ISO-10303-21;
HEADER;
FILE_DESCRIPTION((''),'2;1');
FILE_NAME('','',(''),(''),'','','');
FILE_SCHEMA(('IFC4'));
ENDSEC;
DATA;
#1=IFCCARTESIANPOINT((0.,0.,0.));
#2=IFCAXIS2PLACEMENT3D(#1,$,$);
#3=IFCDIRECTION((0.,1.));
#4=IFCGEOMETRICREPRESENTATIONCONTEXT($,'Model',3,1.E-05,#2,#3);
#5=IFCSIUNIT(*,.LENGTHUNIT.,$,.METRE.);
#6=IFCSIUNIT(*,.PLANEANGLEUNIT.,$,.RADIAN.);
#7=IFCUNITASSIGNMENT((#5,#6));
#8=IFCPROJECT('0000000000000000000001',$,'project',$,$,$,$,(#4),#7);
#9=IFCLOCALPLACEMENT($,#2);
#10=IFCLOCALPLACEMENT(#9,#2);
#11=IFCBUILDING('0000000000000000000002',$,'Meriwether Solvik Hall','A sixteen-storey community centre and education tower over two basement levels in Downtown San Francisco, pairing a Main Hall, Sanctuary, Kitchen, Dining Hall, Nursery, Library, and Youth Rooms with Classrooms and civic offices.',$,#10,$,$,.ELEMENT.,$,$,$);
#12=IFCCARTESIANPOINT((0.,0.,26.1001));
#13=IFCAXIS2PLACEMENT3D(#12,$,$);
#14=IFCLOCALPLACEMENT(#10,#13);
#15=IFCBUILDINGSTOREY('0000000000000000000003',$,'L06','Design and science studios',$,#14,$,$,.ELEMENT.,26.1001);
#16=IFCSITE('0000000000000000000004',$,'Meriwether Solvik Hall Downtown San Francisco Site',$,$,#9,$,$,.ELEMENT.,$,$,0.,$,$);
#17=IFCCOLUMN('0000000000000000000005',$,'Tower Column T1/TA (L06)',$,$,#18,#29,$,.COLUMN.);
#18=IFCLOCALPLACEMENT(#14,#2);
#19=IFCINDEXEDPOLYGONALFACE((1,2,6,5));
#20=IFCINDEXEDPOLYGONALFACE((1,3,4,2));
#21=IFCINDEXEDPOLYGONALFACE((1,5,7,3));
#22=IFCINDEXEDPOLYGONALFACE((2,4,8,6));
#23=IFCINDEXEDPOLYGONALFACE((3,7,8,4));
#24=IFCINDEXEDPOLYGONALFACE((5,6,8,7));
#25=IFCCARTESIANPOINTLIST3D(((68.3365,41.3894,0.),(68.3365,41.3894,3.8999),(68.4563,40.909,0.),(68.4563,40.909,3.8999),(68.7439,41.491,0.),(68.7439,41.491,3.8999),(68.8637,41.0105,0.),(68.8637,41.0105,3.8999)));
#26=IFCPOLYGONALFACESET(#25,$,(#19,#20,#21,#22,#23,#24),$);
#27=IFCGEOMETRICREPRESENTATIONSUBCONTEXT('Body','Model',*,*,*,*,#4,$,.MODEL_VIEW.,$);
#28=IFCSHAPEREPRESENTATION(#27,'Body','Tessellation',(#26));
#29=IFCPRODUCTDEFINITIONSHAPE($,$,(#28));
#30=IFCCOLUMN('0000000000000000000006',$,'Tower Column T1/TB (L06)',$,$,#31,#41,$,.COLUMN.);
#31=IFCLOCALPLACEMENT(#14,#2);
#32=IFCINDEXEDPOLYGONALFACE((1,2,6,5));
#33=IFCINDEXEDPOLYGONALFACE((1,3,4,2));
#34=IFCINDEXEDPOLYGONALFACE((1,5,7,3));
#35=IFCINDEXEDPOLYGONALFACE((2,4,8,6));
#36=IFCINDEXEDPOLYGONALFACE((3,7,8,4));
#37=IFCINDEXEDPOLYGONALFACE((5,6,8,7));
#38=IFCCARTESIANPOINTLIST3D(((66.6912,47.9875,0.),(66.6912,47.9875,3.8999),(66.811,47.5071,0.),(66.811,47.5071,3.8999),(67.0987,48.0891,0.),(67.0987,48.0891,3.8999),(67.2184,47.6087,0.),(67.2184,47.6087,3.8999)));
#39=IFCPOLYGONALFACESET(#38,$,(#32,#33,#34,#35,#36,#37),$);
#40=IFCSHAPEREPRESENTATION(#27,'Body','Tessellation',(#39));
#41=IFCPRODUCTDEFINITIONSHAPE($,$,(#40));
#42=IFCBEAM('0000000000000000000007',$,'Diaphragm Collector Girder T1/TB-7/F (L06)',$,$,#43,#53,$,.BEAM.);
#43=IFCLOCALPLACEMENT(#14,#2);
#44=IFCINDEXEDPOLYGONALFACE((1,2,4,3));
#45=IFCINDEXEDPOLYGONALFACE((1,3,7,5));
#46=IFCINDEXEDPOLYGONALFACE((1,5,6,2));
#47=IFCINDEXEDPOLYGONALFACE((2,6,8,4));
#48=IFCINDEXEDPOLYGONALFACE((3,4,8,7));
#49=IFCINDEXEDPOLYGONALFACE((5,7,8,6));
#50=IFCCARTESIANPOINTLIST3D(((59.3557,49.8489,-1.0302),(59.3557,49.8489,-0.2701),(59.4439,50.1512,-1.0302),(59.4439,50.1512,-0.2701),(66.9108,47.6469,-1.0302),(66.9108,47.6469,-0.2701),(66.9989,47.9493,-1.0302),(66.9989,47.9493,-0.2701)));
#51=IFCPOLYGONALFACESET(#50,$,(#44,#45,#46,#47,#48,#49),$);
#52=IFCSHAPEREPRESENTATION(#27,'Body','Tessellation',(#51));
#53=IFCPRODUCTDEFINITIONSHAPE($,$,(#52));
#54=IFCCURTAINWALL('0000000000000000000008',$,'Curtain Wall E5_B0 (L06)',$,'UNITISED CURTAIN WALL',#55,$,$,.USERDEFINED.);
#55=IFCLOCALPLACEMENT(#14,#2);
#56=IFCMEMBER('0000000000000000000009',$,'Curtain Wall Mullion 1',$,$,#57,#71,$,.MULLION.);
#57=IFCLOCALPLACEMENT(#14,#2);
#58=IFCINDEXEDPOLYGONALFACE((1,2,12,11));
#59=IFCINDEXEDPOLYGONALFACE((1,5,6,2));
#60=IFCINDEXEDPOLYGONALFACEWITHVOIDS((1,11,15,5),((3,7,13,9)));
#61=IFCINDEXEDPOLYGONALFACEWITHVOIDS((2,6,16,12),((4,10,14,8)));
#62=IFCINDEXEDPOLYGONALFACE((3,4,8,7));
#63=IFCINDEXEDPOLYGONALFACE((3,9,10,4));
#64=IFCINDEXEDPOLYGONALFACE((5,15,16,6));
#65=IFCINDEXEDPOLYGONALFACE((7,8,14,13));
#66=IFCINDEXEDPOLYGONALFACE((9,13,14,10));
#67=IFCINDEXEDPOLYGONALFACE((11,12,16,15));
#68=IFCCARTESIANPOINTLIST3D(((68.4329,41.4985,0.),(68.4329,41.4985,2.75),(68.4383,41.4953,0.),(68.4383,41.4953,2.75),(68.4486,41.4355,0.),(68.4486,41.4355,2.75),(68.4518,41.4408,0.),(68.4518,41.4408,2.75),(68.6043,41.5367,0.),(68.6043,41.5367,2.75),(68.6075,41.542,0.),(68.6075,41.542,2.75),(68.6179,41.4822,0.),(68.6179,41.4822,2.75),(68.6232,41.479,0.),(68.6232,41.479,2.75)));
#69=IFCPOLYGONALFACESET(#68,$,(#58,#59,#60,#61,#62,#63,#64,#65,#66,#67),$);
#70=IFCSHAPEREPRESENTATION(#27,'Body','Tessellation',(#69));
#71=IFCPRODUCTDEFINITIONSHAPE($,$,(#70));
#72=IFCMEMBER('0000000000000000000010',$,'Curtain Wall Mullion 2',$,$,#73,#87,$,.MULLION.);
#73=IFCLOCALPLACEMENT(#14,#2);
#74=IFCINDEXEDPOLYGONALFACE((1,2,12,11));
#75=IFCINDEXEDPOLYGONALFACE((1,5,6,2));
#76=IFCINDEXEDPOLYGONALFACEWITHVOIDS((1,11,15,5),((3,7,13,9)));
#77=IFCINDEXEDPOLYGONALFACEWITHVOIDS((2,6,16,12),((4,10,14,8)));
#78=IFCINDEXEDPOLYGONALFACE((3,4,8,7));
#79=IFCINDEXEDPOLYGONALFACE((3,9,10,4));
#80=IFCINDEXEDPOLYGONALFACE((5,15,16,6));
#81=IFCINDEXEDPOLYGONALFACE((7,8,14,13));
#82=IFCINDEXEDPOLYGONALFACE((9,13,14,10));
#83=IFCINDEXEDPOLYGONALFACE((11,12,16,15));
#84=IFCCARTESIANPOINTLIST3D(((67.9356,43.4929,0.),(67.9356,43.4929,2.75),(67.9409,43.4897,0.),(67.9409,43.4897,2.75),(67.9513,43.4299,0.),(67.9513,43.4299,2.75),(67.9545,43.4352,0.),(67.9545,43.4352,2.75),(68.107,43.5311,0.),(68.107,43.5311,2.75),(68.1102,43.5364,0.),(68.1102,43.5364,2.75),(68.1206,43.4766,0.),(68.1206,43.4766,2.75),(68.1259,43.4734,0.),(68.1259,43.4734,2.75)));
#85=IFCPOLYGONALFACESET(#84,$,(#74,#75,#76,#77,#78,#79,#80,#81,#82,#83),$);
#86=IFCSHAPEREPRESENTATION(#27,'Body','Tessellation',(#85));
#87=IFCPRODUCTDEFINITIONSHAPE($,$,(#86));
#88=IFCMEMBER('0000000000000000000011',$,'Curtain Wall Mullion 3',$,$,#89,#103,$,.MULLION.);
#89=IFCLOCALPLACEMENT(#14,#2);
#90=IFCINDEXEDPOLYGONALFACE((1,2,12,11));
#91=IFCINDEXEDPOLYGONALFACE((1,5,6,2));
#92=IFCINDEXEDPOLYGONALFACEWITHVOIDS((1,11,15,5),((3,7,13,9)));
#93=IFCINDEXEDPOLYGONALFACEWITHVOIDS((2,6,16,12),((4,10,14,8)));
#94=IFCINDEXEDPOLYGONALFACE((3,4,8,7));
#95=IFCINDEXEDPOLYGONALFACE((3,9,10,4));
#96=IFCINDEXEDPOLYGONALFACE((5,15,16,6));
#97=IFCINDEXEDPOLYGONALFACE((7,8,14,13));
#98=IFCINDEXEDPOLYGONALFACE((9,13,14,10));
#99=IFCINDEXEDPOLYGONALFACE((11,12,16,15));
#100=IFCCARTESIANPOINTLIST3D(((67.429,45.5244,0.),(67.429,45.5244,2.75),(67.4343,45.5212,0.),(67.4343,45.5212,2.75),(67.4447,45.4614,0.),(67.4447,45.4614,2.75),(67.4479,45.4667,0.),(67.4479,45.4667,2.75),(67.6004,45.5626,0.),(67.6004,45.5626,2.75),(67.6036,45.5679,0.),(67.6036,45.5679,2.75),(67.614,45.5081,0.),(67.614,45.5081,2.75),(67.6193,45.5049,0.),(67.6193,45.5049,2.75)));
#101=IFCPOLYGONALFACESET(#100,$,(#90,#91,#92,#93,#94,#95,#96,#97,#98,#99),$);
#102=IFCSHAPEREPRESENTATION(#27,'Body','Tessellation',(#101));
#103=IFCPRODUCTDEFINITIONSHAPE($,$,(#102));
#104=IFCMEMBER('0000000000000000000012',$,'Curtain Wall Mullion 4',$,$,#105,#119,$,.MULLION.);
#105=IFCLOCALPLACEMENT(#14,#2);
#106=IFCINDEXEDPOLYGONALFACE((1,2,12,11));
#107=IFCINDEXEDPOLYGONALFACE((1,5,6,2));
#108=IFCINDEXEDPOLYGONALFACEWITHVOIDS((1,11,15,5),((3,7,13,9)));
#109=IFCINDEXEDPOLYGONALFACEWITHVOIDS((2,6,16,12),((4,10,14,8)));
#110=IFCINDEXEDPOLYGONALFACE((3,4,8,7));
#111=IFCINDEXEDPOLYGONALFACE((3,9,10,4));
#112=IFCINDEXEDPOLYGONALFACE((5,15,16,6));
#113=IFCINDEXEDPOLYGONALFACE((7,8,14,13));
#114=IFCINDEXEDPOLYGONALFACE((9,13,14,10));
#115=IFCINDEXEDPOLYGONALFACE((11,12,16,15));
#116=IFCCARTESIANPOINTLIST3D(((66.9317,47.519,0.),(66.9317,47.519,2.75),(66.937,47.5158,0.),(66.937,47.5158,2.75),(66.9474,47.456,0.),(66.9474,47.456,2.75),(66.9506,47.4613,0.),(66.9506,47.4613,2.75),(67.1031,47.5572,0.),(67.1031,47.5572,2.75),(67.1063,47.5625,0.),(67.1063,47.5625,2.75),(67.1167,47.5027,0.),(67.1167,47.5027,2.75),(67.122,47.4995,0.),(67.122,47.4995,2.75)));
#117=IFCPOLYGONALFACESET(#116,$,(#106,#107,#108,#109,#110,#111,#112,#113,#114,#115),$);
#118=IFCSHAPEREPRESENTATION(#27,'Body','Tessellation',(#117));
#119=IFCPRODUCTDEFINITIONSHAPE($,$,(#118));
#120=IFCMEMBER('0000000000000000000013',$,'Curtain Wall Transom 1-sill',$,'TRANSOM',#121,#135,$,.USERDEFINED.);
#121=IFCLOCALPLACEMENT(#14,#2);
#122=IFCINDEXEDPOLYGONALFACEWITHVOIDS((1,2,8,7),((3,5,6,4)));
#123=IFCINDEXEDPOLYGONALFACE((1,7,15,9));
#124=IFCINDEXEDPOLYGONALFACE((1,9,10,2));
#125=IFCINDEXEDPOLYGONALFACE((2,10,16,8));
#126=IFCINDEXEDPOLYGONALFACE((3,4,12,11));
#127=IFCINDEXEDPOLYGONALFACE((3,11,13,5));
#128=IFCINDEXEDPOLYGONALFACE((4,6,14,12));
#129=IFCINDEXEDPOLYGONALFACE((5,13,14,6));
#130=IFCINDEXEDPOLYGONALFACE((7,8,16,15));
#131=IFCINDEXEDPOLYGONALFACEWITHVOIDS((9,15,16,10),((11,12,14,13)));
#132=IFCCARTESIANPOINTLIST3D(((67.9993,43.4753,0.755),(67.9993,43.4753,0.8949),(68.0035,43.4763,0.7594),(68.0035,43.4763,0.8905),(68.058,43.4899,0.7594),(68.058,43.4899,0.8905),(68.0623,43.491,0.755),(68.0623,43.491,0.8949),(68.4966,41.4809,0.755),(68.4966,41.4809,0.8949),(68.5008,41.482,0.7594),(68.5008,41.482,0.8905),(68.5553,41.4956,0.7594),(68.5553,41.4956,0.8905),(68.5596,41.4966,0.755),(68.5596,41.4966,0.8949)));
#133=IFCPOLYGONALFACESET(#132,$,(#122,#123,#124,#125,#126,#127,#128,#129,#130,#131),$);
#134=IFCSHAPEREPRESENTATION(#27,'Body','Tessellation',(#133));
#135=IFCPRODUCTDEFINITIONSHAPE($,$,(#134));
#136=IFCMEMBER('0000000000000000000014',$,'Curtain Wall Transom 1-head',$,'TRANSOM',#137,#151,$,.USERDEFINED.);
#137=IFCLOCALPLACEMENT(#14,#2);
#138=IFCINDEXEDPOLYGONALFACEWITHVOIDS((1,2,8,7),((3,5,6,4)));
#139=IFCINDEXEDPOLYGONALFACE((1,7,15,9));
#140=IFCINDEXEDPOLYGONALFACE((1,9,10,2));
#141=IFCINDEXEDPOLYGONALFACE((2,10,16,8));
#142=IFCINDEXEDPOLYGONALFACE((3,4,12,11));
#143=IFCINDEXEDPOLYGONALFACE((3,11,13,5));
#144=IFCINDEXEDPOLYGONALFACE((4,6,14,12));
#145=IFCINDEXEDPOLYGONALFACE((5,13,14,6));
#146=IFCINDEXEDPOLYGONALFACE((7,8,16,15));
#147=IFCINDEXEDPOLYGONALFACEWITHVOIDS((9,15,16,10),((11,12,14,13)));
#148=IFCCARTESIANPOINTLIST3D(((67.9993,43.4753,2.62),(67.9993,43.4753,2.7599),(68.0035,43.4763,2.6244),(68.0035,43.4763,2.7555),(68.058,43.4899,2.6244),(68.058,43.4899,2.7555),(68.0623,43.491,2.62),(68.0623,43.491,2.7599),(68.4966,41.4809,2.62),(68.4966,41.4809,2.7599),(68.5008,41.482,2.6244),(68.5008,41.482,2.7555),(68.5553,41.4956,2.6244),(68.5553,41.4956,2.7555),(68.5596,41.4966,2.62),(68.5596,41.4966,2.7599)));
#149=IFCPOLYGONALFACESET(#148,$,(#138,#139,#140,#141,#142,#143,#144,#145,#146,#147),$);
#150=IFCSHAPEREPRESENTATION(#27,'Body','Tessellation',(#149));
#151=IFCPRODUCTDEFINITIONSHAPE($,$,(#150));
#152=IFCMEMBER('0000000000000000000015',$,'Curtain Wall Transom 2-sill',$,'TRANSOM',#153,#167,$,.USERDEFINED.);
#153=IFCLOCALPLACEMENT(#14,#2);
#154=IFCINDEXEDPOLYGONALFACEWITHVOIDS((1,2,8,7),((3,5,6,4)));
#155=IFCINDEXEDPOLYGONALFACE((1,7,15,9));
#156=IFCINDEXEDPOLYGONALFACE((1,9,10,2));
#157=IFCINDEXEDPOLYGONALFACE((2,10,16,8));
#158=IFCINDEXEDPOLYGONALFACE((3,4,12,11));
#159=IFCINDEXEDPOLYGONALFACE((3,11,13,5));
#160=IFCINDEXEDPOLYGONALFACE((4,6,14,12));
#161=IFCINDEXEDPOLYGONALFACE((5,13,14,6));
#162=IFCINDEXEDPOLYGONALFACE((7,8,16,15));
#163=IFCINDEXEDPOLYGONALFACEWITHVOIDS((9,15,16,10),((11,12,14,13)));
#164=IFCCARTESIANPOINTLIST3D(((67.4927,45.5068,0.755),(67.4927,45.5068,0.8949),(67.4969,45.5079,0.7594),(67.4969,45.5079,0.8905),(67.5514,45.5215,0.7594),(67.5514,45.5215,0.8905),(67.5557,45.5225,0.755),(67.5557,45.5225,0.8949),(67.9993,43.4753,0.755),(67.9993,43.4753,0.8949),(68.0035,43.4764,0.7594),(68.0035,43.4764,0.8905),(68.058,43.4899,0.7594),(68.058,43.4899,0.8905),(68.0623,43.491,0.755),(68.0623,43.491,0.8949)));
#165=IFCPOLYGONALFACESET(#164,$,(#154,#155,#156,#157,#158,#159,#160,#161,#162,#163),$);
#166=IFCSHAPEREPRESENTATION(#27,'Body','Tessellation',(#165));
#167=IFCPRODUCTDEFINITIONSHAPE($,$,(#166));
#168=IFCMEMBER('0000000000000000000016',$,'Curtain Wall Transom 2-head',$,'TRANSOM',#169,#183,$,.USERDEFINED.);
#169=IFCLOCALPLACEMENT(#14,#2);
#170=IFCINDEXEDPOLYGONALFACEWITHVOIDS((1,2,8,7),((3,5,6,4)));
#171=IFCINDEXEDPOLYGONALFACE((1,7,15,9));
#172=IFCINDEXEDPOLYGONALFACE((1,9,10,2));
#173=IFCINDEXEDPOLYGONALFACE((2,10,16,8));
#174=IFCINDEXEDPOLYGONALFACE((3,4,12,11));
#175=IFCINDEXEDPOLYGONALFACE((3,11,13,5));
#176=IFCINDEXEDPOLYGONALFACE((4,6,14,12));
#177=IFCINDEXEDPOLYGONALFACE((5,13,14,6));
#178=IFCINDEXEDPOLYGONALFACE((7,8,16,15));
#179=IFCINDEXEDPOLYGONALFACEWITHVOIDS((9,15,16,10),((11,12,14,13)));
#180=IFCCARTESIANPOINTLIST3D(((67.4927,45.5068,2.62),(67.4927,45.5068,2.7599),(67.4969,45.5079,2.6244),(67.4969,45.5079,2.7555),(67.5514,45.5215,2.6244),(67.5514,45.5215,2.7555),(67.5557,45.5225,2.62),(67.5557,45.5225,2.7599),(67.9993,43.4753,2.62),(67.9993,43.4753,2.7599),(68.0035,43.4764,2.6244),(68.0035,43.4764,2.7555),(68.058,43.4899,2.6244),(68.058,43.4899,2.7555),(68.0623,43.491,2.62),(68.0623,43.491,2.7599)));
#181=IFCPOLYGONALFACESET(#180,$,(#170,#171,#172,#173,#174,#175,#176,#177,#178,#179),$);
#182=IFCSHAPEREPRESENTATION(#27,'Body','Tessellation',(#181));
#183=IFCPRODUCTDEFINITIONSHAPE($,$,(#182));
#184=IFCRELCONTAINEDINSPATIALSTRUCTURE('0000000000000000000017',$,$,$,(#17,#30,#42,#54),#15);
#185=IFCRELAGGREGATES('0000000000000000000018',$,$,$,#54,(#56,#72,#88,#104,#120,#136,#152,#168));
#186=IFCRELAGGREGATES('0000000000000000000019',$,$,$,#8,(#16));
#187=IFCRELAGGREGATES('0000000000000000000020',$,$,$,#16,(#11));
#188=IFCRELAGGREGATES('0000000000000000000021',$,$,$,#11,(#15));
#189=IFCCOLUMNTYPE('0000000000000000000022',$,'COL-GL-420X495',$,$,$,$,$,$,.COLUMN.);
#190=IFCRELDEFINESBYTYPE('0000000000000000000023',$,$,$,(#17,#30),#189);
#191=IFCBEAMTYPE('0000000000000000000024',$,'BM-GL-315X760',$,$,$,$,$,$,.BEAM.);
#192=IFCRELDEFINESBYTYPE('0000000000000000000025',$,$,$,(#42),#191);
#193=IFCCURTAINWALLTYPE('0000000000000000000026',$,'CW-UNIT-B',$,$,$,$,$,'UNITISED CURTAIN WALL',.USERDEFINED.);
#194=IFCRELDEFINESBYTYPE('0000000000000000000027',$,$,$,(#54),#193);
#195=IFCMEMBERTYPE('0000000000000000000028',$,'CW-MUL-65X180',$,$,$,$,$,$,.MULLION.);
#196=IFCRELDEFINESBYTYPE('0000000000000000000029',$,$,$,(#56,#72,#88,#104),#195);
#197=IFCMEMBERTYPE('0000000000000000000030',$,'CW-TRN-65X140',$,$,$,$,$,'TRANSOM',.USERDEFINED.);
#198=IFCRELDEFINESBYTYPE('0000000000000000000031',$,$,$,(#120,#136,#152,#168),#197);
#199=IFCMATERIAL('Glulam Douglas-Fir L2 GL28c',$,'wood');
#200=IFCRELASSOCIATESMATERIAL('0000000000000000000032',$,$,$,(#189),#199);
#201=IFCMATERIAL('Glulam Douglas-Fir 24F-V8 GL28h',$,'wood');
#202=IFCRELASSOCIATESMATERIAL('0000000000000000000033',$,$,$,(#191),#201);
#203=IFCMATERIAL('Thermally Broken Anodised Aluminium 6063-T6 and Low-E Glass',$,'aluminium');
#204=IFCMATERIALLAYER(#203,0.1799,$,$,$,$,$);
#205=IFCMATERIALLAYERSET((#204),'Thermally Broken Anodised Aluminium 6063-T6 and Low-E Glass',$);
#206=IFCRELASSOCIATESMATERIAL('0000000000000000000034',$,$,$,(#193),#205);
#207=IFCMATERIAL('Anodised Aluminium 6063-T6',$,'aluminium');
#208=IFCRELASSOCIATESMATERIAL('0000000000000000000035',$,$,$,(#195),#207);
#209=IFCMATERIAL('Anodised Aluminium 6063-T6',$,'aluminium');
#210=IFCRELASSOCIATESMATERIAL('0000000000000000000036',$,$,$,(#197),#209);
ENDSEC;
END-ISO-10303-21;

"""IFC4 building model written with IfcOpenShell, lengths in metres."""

from ifc_helpers import new_model, si_unit, direction, frame, origin, origin_2d, place, context, subcontext, project, spatial, rectangle, hollow_rectangle, extrude, material, layer, layer_set, material_profile, profile_set, type_object, element, aggregate, save


model = new_model("IFC4")

# Units and contexts
model_context = context("Model", 3, precision=1e-05, world=origin(), true_north=direction((0.0, 1.0)))
body_context = subcontext(model_context, "Body", "Model", "MODEL_VIEW")
ifc_project = project(units=[si_unit("LENGTHUNIT", "METRE"), si_unit("PLANEANGLEUNIT", "RADIAN")], contexts=[model_context])

# Site, building, storey
site_placement = place(None, origin())
site = spatial("IfcSite", under=ifc_project, at=site_placement, Name="Meriwether Solvik Hall Downtown San Francisco Site", CompositionType="ELEMENT", RefElevation=0.0)
building_placement = place(site_placement, origin())
building = spatial("IfcBuilding", under=site, at=building_placement, Name="Meriwether Solvik Hall", Description="A sixteen-storey community centre and education tower over two basement levels in Downtown San Francisco, pairing a Main Hall, Sanctuary, Kitchen, Dining Hall, Nursery, Library, and Youth Rooms with Classrooms and civic offices.", CompositionType="ELEMENT")
storey_placement = place(building_placement, frame((0.0, 0.0, 26.1001)))
storey = spatial("IfcBuildingStorey", under=building, at=storey_placement, Name="L06", Description="Design and science studios", CompositionType="ELEMENT", Elevation=26.1001)

# Columns
ifc_material_1 = material(Name="Glulam Douglas-Fir L2 GL28c", Category="wood")
ifc_material_profile_1 = material_profile(ifc_material_1, rectangle(XDim=0.4199, YDim=0.4951, at=origin_2d()), Name="GLC-420X495")
ifc_profile_set_1 = profile_set([ifc_material_profile_1], Name="Glulam Douglas-Fir L2 GL28c")
column_type = type_object("IfcColumnType", Name="COL-GL-420X495", PredefinedType="COLUMN", material=ifc_profile_set_1)
for number, where, z_axis, x_axis, name in (
    (1, (68.6001, 41.2, 0.0), (0.0, 0.0, 1.0), (0.970296, 0.241922, 0.0), "Tower Column T1/TA (L06)"),
    (2, (66.9548, 47.7981, 0.0), (0.0, 0.0, 1.0), (0.970296, 0.241922, 0.0), "Tower Column T1/TB (L06)"),
):
    element("IfcColumn", number, at=place(storey_placement, frame(where, z_axis=z_axis, x_axis=x_axis)), inside=storey, type_object=column_type, Name=name, PredefinedType="COLUMN", context=body_context, shape_type="SweptSolid", body=[
        extrude(rectangle(XDim=0.4199, YDim=0.4951, at=origin_2d()), origin(), (0.0, 0.0, 1.0), 3.8999),
    ])

# Beam
ifc_material_2 = material(Name="Glulam Douglas-Fir 24F-V8 GL28h", Category="wood")
ifc_material_profile_2 = material_profile(ifc_material_2, rectangle(XDim=0.3149, YDim=0.76, at=origin_2d()), Name="GLB-315X760")
ifc_profile_set_2 = profile_set([ifc_material_profile_2], Name="Glulam Douglas-Fir 24F-V8 GL28h")
beam_type = type_object("IfcBeamType", Name="BM-GL-315X760", PredefinedType="BEAM", material=ifc_profile_set_2)
beam_placement = place(storey_placement, frame((66.9548, 47.7981, -0.6501), z_axis=(-0.960055, 0.279811, 0.0), x_axis=(-0.279811, -0.960055, 0.0)))
element("IfcBeam", 3, at=beam_placement, inside=storey, type_object=beam_type, Name="Diaphragm Collector Girder T1/TB-7/F (L06)", PredefinedType="BEAM", context=body_context, shape_type="SweptSolid", body=[
    extrude(rectangle(XDim=0.3149, YDim=0.76, at=origin_2d()), origin(), (0.0, 0.0, 1.0), 7.8694),
])

# Curtain wall, members
ifc_material_3 = material(Name="Thermally Broken Anodised Aluminium 6063-T6 and Low-E Glass", Category="aluminium")
ifc_layer_1 = layer(ifc_material_3, 0.1799)
ifc_layer_set_1 = layer_set([ifc_layer_1], Name="Thermally Broken Anodised Aluminium 6063-T6 and Low-E Glass")
curtain_wall_type = type_object("IfcCurtainWallType", Name="CW-UNIT-B", ElementType="UNITISED CURTAIN WALL", PredefinedType="USERDEFINED", material=ifc_layer_set_1)
curtain_wall_placement = place(storey_placement, origin())
curtain_wall = element("IfcCurtainWall", 4, at=curtain_wall_placement, inside=storey, type_object=curtain_wall_type, Name="Curtain Wall E5_B0 (L06)", ObjectType="UNITISED CURTAIN WALL", PredefinedType="USERDEFINED")
ifc_material_4 = material(Name="Anodised Aluminium 6063-T6", Category="aluminium")
ifc_material_profile_3 = material_profile(ifc_material_4, hollow_rectangle(XDim=0.0649, YDim=0.1799, WallThickness=0.0044, at=origin_2d()), Name="CWM-65X180")
ifc_profile_set_3 = profile_set([ifc_material_profile_3], Name="Anodised Aluminium 6063-T6")
member_type_1 = type_object("IfcMemberType", Name="CW-MUL-65X180", PredefinedType="MULLION", material=ifc_profile_set_3)
member_1_placement = place(storey_placement, frame((68.5281, 41.4888, 0.0), z_axis=(0.0, 0.0, 1.0), x_axis=(-0.241922, 0.970296, 0.0)))
member_1 = element("IfcMember", 5, at=member_1_placement, type_object=member_type_1, Name="Curtain Wall Mullion 1", PredefinedType="MULLION", context=body_context, shape_type="SweptSolid", body=[
    extrude(hollow_rectangle(XDim=0.0649, YDim=0.1799, WallThickness=0.0044, at=origin_2d()), origin(), (0.0, 0.0, 1.0), 2.75),
])
member_2_placement = place(storey_placement, frame((68.0308, 43.4832, 0.0), z_axis=(0.0, 0.0, 1.0), x_axis=(-0.241922, 0.970296, 0.0)))
member_2 = element("IfcMember", 6, at=member_2_placement, type_object=member_type_1, Name="Curtain Wall Mullion 2", PredefinedType="MULLION", context=body_context, shape_type="SweptSolid", body=[
    extrude(hollow_rectangle(XDim=0.0649, YDim=0.1799, WallThickness=0.0044, at=origin_2d()), origin(), (0.0, 0.0, 1.0), 2.75),
])
member_3_placement = place(storey_placement, frame((67.5242, 45.5146, 0.0), z_axis=(0.0, 0.0, 1.0), x_axis=(-0.241922, 0.970296, 0.0)))
member_3 = element("IfcMember", 7, at=member_3_placement, type_object=member_type_1, Name="Curtain Wall Mullion 3", PredefinedType="MULLION", context=body_context, shape_type="SweptSolid", body=[
    extrude(hollow_rectangle(XDim=0.0649, YDim=0.1799, WallThickness=0.0044, at=origin_2d()), origin(), (0.0, 0.0, 1.0), 2.75),
])
member_4_placement = place(storey_placement, frame((67.0269, 47.5093, 0.0), z_axis=(0.0, 0.0, 1.0), x_axis=(-0.241922, 0.970296, 0.0)))
member_4 = element("IfcMember", 8, at=member_4_placement, type_object=member_type_1, Name="Curtain Wall Mullion 4", PredefinedType="MULLION", context=body_context, shape_type="SweptSolid", body=[
    extrude(hollow_rectangle(XDim=0.0649, YDim=0.1799, WallThickness=0.0044, at=origin_2d()), origin(), (0.0, 0.0, 1.0), 2.75),
])
ifc_material_5 = material(Name="Anodised Aluminium 6063-T6", Category="aluminium")
ifc_material_profile_4 = material_profile(ifc_material_5, hollow_rectangle(XDim=0.0649, YDim=0.1399, WallThickness=0.0044, at=origin_2d()), Name="CWT-65X140")
ifc_profile_set_4 = profile_set([ifc_material_profile_4], Name="Anodised Aluminium 6063-T6")
member_type_2 = type_object("IfcMemberType", Name="CW-TRN-65X140", ElementType="TRANSOM", PredefinedType="USERDEFINED", material=ifc_profile_set_4)
member_5_placement = place(storey_placement, frame((68.5281, 41.4888, 0.825), z_axis=(-0.241949, 0.970289, 0.0), x_axis=(-0.970289, -0.241949, 0.0)))
member_5 = element("IfcMember", 9, at=member_5_placement, type_object=member_type_2, Name="Curtain Wall Transom 1-sill", ObjectType="TRANSOM", PredefinedType="USERDEFINED", context=body_context, shape_type="SweptSolid", body=[
    extrude(hollow_rectangle(XDim=0.0649, YDim=0.1399, WallThickness=0.0044, at=origin_2d()), origin(), (0.0, 0.0, 1.0), 2.0554),
])
member_6_placement = place(storey_placement, frame((68.5281, 41.4888, 2.6899), z_axis=(-0.241949, 0.970289, 0.0), x_axis=(-0.970289, -0.241949, 0.0)))
member_6 = element("IfcMember", 10, at=member_6_placement, type_object=member_type_2, Name="Curtain Wall Transom 1-head", ObjectType="TRANSOM", PredefinedType="USERDEFINED", context=body_context, shape_type="SweptSolid", body=[
    extrude(hollow_rectangle(XDim=0.0649, YDim=0.1399, WallThickness=0.0044, at=origin_2d()), origin(), (0.0, 0.0, 1.0), 2.0554),
])
member_7_placement = place(storey_placement, frame((68.0308, 43.4832, 0.825), z_axis=(-0.241959, 0.970286, 0.0), x_axis=(-0.970286, -0.241959, 0.0)))
member_7 = element("IfcMember", 11, at=member_7_placement, type_object=member_type_2, Name="Curtain Wall Transom 2-sill", ObjectType="TRANSOM", PredefinedType="USERDEFINED", context=body_context, shape_type="SweptSolid", body=[
    extrude(hollow_rectangle(XDim=0.0649, YDim=0.1399, WallThickness=0.0044, at=origin_2d()), origin(), (0.0, 0.0, 1.0), 2.0938),
])
member_8_placement = place(storey_placement, frame((68.0308, 43.4832, 2.6899), z_axis=(-0.241959, 0.970286, 0.0), x_axis=(-0.970286, -0.241959, 0.0)))
member_8 = element("IfcMember", 12, at=member_8_placement, type_object=member_type_2, Name="Curtain Wall Transom 2-head", ObjectType="TRANSOM", PredefinedType="USERDEFINED", context=body_context, shape_type="SweptSolid", body=[
    extrude(hollow_rectangle(XDim=0.0649, YDim=0.1399, WallThickness=0.0044, at=origin_2d()), origin(), (0.0, 0.0, 1.0), 2.0938),
])
aggregate(curtain_wall, [member_1, member_2, member_3, member_4, member_5, member_6, member_7, member_8])

save(model, "model.ifc")
